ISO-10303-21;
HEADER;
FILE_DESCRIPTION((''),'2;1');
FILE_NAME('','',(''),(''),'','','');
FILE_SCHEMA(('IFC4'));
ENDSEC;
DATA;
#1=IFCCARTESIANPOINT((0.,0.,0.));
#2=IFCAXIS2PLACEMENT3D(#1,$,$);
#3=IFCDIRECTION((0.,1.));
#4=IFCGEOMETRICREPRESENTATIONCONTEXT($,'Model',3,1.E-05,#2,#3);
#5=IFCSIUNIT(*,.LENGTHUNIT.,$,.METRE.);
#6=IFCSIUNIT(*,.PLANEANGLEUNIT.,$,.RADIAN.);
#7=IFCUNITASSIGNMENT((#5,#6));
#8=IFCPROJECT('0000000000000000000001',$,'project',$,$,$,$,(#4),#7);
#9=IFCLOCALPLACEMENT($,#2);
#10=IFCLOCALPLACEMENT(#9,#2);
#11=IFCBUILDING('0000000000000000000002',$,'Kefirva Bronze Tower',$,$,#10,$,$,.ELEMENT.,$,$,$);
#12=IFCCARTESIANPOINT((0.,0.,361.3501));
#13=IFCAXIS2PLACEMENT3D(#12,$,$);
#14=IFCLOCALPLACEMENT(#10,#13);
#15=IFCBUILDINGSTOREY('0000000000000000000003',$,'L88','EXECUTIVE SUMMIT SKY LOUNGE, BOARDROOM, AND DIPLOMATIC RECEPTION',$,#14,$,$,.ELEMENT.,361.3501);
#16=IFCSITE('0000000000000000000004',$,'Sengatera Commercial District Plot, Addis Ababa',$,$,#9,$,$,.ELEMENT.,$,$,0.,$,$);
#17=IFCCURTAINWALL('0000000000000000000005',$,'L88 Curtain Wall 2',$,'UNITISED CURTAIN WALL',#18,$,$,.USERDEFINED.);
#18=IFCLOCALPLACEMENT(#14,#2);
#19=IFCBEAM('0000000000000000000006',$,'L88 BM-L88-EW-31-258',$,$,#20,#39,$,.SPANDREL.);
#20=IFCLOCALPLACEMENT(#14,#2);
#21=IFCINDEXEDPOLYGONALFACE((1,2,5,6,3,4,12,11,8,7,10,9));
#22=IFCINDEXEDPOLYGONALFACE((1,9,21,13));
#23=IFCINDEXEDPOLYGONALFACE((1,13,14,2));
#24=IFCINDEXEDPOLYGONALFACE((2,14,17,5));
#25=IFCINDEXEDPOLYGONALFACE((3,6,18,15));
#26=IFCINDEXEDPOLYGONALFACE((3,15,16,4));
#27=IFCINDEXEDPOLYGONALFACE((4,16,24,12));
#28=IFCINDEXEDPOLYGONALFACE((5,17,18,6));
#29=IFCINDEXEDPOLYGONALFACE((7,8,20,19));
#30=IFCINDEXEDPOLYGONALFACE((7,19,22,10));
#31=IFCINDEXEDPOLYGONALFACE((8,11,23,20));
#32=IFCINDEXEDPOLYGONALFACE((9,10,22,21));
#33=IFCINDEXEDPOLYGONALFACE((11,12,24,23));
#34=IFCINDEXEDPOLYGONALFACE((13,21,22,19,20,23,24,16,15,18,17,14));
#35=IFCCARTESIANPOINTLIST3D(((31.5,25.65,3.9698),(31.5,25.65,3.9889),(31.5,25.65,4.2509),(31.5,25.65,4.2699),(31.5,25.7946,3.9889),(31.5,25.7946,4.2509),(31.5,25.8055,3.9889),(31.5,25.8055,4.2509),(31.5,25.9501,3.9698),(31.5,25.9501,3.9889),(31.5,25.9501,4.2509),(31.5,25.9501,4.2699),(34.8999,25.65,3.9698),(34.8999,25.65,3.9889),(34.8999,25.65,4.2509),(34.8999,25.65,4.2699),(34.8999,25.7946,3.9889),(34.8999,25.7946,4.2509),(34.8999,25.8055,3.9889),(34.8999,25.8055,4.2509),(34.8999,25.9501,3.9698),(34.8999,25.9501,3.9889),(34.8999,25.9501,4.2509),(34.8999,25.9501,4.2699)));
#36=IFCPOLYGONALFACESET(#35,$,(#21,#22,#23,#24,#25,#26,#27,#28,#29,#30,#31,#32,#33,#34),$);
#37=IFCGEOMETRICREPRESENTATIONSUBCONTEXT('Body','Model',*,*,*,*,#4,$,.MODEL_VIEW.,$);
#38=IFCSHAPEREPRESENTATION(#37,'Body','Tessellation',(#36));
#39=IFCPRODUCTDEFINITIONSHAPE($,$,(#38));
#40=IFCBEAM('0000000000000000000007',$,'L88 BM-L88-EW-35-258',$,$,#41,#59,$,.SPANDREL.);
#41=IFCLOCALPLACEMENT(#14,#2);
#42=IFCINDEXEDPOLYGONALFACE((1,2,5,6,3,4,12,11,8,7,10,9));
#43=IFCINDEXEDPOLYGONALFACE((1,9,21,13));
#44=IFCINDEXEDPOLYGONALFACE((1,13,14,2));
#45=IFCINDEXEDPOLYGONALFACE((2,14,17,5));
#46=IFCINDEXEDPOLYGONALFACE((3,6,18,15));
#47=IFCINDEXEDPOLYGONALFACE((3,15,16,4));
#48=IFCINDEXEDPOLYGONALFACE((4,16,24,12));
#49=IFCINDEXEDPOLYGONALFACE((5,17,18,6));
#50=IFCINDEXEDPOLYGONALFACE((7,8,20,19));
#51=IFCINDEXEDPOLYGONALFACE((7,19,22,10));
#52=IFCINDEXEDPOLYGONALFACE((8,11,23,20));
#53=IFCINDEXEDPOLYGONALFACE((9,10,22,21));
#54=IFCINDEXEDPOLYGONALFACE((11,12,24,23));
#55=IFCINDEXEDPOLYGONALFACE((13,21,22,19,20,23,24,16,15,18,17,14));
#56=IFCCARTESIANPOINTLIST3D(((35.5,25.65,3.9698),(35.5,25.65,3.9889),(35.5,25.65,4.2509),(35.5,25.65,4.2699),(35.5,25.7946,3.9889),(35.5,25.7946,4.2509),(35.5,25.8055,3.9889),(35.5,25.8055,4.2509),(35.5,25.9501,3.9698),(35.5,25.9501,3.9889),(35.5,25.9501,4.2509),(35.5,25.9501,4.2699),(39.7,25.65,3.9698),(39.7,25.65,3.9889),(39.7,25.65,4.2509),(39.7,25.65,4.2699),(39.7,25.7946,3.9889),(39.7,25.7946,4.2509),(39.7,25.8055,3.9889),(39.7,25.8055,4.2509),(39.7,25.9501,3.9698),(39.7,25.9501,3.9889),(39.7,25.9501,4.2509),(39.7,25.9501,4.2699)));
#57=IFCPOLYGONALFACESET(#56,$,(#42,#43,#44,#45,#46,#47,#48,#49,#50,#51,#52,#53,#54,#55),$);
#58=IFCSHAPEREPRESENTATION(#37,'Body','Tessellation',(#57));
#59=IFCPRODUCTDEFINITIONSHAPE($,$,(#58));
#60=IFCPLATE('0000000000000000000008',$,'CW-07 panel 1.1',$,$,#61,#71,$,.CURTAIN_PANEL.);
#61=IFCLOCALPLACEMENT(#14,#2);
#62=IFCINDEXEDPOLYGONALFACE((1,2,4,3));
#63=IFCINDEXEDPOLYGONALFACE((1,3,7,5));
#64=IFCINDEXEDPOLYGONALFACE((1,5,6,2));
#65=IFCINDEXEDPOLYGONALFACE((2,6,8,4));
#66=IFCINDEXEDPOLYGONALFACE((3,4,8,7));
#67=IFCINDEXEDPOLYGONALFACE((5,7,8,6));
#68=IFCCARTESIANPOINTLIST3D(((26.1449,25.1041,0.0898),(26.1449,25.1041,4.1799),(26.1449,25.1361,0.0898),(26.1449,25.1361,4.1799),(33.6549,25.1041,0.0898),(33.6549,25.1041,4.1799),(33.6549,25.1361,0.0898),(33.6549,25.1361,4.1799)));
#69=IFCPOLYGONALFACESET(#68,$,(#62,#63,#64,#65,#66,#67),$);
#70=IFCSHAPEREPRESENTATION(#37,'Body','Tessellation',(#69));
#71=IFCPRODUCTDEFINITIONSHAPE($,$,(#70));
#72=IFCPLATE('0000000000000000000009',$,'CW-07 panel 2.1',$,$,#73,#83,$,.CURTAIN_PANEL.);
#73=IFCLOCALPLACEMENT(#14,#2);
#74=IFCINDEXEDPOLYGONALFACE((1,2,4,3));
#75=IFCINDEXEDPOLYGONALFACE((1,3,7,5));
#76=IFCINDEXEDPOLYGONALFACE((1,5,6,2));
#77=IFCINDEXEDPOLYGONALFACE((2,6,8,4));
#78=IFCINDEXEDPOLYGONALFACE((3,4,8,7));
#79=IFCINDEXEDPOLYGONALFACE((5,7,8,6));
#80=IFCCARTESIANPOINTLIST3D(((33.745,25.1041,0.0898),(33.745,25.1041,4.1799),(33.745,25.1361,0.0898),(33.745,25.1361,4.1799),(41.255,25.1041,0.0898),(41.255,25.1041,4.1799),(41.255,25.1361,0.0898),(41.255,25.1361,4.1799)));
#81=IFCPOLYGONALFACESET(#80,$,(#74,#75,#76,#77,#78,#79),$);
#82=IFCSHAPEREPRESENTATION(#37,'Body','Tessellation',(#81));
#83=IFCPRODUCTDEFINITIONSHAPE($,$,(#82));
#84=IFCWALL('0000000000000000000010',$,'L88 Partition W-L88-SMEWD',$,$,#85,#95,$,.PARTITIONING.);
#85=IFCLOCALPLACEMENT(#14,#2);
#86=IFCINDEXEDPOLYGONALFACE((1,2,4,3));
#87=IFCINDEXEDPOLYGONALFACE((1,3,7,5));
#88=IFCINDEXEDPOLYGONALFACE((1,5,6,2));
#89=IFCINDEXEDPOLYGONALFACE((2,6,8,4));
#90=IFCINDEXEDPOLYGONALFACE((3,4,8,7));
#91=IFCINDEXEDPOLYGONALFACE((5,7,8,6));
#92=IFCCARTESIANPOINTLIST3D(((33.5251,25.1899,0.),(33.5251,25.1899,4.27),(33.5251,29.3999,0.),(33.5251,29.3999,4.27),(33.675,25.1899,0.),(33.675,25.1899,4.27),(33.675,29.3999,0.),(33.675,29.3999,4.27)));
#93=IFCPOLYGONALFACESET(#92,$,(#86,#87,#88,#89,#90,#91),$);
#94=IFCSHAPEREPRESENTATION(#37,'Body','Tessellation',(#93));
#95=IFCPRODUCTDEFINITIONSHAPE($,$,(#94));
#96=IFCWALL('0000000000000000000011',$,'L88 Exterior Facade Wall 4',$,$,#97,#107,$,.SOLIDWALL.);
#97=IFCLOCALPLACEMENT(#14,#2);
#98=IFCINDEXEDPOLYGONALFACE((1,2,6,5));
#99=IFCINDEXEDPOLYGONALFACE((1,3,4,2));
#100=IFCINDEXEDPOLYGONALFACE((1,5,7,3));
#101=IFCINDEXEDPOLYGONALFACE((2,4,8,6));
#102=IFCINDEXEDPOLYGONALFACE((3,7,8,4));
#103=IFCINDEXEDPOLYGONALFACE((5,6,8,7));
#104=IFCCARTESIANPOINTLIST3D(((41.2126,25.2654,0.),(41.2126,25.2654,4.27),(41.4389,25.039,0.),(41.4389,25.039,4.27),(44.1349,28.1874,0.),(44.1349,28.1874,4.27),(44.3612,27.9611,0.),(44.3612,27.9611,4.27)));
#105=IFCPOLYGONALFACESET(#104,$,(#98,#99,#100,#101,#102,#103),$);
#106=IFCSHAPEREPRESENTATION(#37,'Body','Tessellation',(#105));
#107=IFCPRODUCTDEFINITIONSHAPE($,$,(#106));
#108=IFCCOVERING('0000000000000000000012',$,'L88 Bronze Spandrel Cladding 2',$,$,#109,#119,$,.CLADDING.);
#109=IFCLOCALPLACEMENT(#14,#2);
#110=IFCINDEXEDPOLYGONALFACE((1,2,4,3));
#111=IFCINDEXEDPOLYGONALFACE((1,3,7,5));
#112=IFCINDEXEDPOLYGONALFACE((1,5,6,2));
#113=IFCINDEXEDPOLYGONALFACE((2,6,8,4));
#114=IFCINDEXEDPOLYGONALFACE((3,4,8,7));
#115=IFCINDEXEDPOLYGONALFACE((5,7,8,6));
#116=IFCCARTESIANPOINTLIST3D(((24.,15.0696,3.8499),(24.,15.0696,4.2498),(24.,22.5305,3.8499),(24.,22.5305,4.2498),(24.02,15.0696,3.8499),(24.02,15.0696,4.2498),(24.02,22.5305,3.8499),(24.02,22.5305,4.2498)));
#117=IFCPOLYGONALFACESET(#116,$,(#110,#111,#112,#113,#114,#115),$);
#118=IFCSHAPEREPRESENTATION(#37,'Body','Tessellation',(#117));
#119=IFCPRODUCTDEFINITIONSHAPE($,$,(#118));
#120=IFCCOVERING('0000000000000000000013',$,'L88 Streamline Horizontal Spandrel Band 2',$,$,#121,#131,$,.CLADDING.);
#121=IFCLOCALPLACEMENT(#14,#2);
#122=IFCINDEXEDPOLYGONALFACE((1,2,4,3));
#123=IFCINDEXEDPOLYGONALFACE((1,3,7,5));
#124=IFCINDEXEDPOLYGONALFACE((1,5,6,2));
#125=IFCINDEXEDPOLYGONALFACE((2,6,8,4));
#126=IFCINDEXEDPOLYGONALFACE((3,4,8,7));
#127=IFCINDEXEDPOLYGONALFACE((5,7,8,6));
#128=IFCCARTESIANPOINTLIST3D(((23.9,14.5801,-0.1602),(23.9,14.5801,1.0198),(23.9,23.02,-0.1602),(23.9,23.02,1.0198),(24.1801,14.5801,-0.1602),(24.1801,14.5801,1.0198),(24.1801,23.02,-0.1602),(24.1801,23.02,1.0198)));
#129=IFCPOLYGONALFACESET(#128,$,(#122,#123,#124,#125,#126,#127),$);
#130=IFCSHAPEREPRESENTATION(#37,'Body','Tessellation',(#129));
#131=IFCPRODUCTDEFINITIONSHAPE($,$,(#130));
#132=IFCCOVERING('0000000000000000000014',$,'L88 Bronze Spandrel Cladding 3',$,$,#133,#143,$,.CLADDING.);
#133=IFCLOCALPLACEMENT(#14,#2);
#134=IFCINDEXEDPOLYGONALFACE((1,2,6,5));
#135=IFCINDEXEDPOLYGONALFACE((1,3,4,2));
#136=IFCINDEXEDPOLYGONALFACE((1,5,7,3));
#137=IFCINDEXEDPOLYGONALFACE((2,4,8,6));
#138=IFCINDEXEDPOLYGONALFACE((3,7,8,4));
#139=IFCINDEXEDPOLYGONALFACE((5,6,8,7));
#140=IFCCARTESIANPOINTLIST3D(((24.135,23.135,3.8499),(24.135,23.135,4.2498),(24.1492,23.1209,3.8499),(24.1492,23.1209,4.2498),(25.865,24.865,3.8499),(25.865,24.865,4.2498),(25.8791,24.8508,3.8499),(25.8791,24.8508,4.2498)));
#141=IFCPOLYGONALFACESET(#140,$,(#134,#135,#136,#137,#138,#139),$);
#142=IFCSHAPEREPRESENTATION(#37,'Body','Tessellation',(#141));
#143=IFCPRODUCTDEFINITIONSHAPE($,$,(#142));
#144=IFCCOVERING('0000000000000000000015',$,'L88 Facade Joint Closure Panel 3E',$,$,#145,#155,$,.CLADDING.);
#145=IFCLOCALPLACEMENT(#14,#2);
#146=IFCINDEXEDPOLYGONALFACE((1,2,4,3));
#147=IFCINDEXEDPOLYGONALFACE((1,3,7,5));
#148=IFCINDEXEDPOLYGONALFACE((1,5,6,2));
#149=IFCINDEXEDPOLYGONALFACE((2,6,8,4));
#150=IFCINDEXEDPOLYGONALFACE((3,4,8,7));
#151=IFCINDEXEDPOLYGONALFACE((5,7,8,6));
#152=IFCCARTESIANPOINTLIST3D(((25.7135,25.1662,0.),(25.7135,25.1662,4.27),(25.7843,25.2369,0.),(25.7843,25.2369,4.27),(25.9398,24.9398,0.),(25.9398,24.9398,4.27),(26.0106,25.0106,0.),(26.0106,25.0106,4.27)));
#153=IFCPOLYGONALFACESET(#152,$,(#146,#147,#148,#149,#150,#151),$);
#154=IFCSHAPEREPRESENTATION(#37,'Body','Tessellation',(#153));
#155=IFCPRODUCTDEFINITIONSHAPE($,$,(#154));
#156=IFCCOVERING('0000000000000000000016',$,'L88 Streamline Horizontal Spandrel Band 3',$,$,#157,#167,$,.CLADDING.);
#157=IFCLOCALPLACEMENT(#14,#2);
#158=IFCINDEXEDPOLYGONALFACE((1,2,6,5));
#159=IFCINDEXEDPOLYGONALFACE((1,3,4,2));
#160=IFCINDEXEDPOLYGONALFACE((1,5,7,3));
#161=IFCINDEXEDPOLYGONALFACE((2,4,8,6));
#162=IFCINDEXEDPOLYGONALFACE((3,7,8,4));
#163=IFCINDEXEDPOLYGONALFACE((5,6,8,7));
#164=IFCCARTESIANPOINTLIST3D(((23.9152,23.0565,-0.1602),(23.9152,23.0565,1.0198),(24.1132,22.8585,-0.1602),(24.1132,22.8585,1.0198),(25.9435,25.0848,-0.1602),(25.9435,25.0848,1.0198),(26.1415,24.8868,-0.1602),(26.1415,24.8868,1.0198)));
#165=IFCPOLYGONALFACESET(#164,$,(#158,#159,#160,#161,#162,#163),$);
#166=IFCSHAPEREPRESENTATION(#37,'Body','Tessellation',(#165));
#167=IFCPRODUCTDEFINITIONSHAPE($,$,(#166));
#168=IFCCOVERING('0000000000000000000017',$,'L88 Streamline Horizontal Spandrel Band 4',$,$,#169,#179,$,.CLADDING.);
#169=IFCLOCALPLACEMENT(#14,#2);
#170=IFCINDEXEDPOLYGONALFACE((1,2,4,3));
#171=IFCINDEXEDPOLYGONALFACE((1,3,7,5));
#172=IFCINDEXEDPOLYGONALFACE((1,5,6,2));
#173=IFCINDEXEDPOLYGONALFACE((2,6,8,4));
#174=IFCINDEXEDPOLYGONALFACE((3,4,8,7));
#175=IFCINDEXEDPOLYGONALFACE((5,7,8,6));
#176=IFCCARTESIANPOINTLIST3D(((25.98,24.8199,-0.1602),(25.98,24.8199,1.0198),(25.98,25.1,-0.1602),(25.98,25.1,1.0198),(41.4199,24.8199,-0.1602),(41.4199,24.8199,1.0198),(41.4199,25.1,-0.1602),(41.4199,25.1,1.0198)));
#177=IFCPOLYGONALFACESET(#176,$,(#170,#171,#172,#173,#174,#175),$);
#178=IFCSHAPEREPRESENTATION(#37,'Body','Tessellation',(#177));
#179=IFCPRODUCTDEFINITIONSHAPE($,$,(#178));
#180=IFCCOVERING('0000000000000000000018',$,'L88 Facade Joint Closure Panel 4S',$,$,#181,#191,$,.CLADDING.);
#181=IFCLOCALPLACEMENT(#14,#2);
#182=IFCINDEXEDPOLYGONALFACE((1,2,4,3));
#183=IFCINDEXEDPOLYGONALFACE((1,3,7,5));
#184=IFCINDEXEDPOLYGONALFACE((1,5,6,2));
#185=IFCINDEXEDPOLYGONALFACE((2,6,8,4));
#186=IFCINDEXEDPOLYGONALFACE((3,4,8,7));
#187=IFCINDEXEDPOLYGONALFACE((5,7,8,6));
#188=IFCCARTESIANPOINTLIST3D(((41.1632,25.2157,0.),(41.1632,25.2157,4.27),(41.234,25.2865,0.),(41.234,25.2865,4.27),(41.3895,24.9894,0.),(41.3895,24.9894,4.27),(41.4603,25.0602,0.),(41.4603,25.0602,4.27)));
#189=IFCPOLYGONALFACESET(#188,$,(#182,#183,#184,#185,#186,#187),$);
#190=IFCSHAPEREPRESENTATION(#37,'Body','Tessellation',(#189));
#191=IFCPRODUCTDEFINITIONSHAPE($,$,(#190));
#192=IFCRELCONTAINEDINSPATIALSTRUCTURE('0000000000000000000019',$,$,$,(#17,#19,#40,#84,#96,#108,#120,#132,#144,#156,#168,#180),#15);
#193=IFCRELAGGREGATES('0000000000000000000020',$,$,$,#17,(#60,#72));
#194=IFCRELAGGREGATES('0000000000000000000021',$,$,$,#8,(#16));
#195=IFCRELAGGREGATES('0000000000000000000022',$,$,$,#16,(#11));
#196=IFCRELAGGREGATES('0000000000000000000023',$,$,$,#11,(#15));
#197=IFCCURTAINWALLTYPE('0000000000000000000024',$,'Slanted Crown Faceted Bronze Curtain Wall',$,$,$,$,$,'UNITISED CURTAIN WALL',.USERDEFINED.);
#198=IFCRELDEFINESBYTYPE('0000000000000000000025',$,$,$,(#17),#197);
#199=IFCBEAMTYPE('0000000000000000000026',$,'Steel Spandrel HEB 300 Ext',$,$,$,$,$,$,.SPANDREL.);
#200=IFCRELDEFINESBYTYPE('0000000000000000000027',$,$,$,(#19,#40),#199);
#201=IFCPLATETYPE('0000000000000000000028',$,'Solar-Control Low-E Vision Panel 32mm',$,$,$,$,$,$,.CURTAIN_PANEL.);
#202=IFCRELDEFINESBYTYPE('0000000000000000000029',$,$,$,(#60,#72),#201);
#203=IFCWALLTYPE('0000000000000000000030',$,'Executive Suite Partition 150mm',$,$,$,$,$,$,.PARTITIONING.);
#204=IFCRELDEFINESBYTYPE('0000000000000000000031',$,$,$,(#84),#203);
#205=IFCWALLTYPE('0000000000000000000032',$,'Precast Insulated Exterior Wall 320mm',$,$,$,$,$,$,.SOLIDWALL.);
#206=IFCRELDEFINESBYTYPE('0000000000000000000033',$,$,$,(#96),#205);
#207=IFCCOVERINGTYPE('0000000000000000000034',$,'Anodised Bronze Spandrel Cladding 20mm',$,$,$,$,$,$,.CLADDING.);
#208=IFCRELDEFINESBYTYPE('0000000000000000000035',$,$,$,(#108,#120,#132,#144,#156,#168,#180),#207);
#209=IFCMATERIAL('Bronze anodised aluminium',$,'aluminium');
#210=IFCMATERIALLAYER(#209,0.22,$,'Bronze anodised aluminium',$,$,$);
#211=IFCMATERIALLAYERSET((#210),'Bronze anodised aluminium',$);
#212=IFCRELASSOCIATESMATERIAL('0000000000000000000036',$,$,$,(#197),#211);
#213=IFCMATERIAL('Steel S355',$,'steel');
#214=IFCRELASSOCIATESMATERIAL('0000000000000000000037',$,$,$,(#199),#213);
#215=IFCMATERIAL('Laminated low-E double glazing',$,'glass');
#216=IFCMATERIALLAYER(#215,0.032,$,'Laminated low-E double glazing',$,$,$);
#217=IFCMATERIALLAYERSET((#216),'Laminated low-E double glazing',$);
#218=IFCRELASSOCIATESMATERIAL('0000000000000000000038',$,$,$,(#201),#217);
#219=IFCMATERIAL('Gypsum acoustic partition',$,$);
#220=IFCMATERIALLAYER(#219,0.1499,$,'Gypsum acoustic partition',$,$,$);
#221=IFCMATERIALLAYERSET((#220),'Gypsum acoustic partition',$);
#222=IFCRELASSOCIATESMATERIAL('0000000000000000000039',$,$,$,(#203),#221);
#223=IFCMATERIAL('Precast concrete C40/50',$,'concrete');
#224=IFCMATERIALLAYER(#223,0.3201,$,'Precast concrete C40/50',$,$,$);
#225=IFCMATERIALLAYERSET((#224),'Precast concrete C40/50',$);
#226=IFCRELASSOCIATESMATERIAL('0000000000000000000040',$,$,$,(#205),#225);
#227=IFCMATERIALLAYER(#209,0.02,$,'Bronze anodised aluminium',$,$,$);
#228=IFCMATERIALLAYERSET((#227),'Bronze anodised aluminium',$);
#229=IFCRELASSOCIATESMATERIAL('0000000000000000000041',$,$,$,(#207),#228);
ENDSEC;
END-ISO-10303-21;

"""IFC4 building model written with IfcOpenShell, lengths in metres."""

from ifc_helpers import new_model, si_unit, direction, frame, frame_2d, origin, origin_2d, place, context, subcontext, project, spatial, rectangle, i_section, extrude, material, layer, layer_set, material_profile, profile_set, type_object, element, aggregate, save


model = new_model("IFC4")

# Units and contexts
model_context = context("Model", 3, precision=1e-05, world=origin(), true_north=direction((0.0, 1.0)))
body_context = subcontext(model_context, "Body", "Model", "MODEL_VIEW")
ifc_project = project(units=[si_unit("LENGTHUNIT", "METRE"), si_unit("PLANEANGLEUNIT", "RADIAN")], contexts=[model_context])

# Site, building, storey
site_placement = place(None, origin())
site = spatial("IfcSite", under=ifc_project, at=site_placement, Name="Sengatera Commercial District Plot, Addis Ababa", CompositionType="ELEMENT", RefElevation=0.0)
building_placement = place(site_placement, origin())
building = spatial("IfcBuilding", under=site, at=building_placement, Name="Kefirva Bronze Tower", CompositionType="ELEMENT")
storey_placement = place(building_placement, frame((0.0, 0.0, 361.3501)))
storey = spatial("IfcBuildingStorey", under=building, at=storey_placement, Name="L88", Description="EXECUTIVE SUMMIT SKY LOUNGE, BOARDROOM, AND DIPLOMATIC RECEPTION", CompositionType="ELEMENT", Elevation=361.3501)

# Curtain wall
ifc_material_1 = material(Name="Bronze anodised aluminium", Category="aluminium")
ifc_layer_1 = layer(ifc_material_1, 0.22, Name="Bronze anodised aluminium")
ifc_layer_set_1 = layer_set([ifc_layer_1], Name="Bronze anodised aluminium")
curtain_wall_type = type_object("IfcCurtainWallType", Name="Slanted Crown Faceted Bronze Curtain Wall", ElementType="UNITISED CURTAIN WALL", PredefinedType="USERDEFINED", material=ifc_layer_set_1)
curtain_wall_placement = place(storey_placement, origin())
curtain_wall = element("IfcCurtainWall", 1, at=curtain_wall_placement, inside=storey, type_object=curtain_wall_type, Name="L88 Curtain Wall 2", ObjectType="UNITISED CURTAIN WALL", PredefinedType="USERDEFINED")

# Beams
ifc_material_2 = material(Name="Steel S355", Category="steel")
ifc_material_profile_1 = material_profile(ifc_material_2, i_section(OverallWidth=0.3, OverallDepth=0.3, WebThickness=0.011, FlangeThickness=0.019, at=origin_2d()), Name="HEB 300")
ifc_profile_set_1 = profile_set([ifc_material_profile_1], Name="Steel S355")
beam_type_1 = type_object("IfcBeamType", Name="Steel Spandrel HEB 300 Ext", PredefinedType="SPANDREL", material=ifc_profile_set_1)
beam_1_placement = place(storey_placement, frame((31.5, 25.8, 4.1199), z_axis=(1.0, 0.0, 0.0), x_axis=(0.0, 1.0, 0.0)))
element("IfcBeam", 2, at=beam_1_placement, inside=storey, type_object=beam_type_1, Name="L88 BM-L88-EW-31-258", PredefinedType="SPANDREL", context=body_context, shape_type="SweptSolid", body=[
    extrude(i_section(OverallWidth=0.3, OverallDepth=0.3, WebThickness=0.011, FlangeThickness=0.019, at=origin_2d()), origin(), (0.0, 0.0, 1.0), 3.3999),
])
beam_2_placement = place(storey_placement, frame((35.5, 25.8, 4.1199), z_axis=(1.0, 0.0, 0.0), x_axis=(0.0, 1.0, 0.0)))
element("IfcBeam", 3, at=beam_2_placement, inside=storey, type_object=beam_type_1, Name="L88 BM-L88-EW-35-258", PredefinedType="SPANDREL", context=body_context, shape_type="SweptSolid", body=[
    extrude(i_section(OverallWidth=0.3, OverallDepth=0.3, WebThickness=0.011, FlangeThickness=0.019, at=origin_2d()), origin(), (0.0, 0.0, 1.0), 4.2),
])

# Plates
ifc_material_3 = material(Name="Laminated low-E double glazing", Category="glass")
ifc_layer_2 = layer(ifc_material_3, 0.032, Name="Laminated low-E double glazing")
ifc_layer_set_2 = layer_set([ifc_layer_2], Name="Laminated low-E double glazing")
plate_type = type_object("IfcPlateType", Name="Solar-Control Low-E Vision Panel 32mm", PredefinedType="CURTAIN_PANEL", material=ifc_layer_set_2)
plate_1_placement = place(storey_placement, frame((29.8999, 25.1201, 0.0898), z_axis=(0.0, 0.0, 1.0), x_axis=(1.0, 0.0, 0.0)))
plate_1 = element("IfcPlate", 4, at=plate_1_placement, type_object=plate_type, Name="CW-07 panel 1.1", PredefinedType="CURTAIN_PANEL", context=body_context, shape_type="SweptSolid", body=[
    extrude(rectangle(XDim=7.51, YDim=0.032, at=origin_2d()), origin(), (0.0, 0.0, 1.0), 4.0901),
])
plate_2_placement = place(storey_placement, frame((37.5, 25.1201, 0.0898), z_axis=(0.0, 0.0, 1.0), x_axis=(1.0, 0.0, 0.0)))
plate_2 = element("IfcPlate", 5, at=plate_2_placement, type_object=plate_type, Name="CW-07 panel 2.1", PredefinedType="CURTAIN_PANEL", context=body_context, shape_type="SweptSolid", body=[
    extrude(rectangle(XDim=7.51, YDim=0.032, at=origin_2d()), origin(), (0.0, 0.0, 1.0), 4.0901),
])
aggregate(curtain_wall, [plate_1, plate_2])

# Walls
ifc_material_4 = material(Name="Gypsum acoustic partition")
ifc_layer_3 = layer(ifc_material_4, 0.1499, Name="Gypsum acoustic partition")
ifc_layer_set_3 = layer_set([ifc_layer_3], Name="Gypsum acoustic partition")
wall_type_1 = type_object("IfcWallType", Name="Executive Suite Partition 150mm", PredefinedType="PARTITIONING", material=ifc_layer_set_3)
wall_1_placement = place(storey_placement, frame((33.6001, 25.1899, 0.0), z_axis=(0.0, 0.0, 1.0), x_axis=(0.0, 1.0, 0.0)))
element("IfcWall", 6, at=wall_1_placement, inside=storey, type_object=wall_type_1, Name="L88 Partition W-L88-SMEWD", PredefinedType="PARTITIONING", context=body_context, shape_type="SweptSolid", body=[
    extrude(rectangle(XDim=4.21, YDim=0.1499, at=frame_2d((2.105, 0.0))), origin(), (0.0, 0.0, 1.0), 4.27),
])
ifc_material_5 = material(Name="Precast concrete C40/50", Category="concrete")
ifc_layer_4 = layer(ifc_material_5, 0.3201, Name="Precast concrete C40/50")
ifc_layer_set_4 = layer_set([ifc_layer_4], Name="Precast concrete C40/50")
wall_type_2 = type_object("IfcWallType", Name="Precast Insulated Exterior Wall 320mm", PredefinedType="SOLIDWALL", material=ifc_layer_set_4)
wall_2_placement = place(storey_placement, frame((41.3257, 25.1521, 0.0), z_axis=(0.0, 0.0, 1.0), x_axis=(0.707136, 0.707077, 0.0)))
element("IfcWall", 7, at=wall_2_placement, inside=storey, type_object=wall_type_2, Name="L88 Exterior Facade Wall 4", PredefinedType="SOLIDWALL", context=body_context, shape_type="SweptSolid", body=[
    extrude(rectangle(XDim=4.1326, YDim=0.3201, at=frame_2d((2.0664, 0.0))), origin(), (0.0, 0.0, 1.0), 4.27),
])

# Coverings
ifc_layer_5 = layer(ifc_material_1, 0.02, Name="Bronze anodised aluminium")
ifc_layer_set_5 = layer_set([ifc_layer_5], Name="Bronze anodised aluminium")
covering_type_1 = type_object("IfcCoveringType", Name="Anodised Bronze Spandrel Cladding 20mm", PredefinedType="CLADDING", material=ifc_layer_set_5)
covering_1_placement = place(storey_placement, frame((24.01, 18.8, 3.8499), z_axis=(0.0, 0.0, 1.0), x_axis=(0.0, 1.0, 0.0)))
element("IfcCovering", 8, at=covering_1_placement, inside=storey, type_object=covering_type_1, Name="L88 Bronze Spandrel Cladding 2", PredefinedType="CLADDING", context=body_context, shape_type="SweptSolid", body=[
    extrude(rectangle(XDim=7.4609, YDim=0.02, at=origin_2d()), origin(), (0.0, 0.0, 1.0), 0.3999),
])
covering_2_placement = place(storey_placement, frame((24.04, 18.8, -0.1602), z_axis=(0.0, 0.0, 1.0), x_axis=(0.0, 1.0, 0.0)))
element("IfcCovering", 9, at=covering_2_placement, inside=storey, type_object=covering_type_1, Name="L88 Streamline Horizontal Spandrel Band 2", PredefinedType="CLADDING", context=body_context, shape_type="SweptSolid", body=[
    extrude(rectangle(XDim=8.4399, YDim=0.28, at=origin_2d()), origin(), (0.0, 0.0, 1.0), 1.1799),
])
covering_3_placement = place(storey_placement, frame((25.0071, 23.9929, 3.8499), z_axis=(0.0, 0.0, 1.0), x_axis=(0.707107, 0.707107, 0.0)))
element("IfcCovering", 10, at=covering_3_placement, inside=storey, type_object=covering_type_1, Name="L88 Bronze Spandrel Cladding 3", PredefinedType="CLADDING", context=body_context, shape_type="SweptSolid", body=[
    extrude(rectangle(XDim=2.4465, YDim=0.02, at=origin_2d()), origin(), (0.0, 0.0, 1.0), 0.3999),
])
covering_4_placement = place(storey_placement, frame((25.8621, 25.0884, 0.0), z_axis=(0.0, 0.0, 1.0), x_axis=(0.707107, 0.707107, 0.0)))
element("IfcCovering", 11, at=covering_4_placement, inside=storey, type_object=covering_type_1, Name="L88 Facade Joint Closure Panel 3E", PredefinedType="CLADDING", context=body_context, shape_type="SweptSolid", body=[
    extrude(rectangle(XDim=0.1001, YDim=0.3201, at=origin_2d()), origin(), (0.0, 0.0, 1.0), 4.27),
])
covering_5_placement = place(storey_placement, frame((25.0283, 23.9717, -0.1602), z_axis=(0.0, 0.0, 1.0), x_axis=(0.707107, 0.707107, 0.0)))
element("IfcCovering", 12, at=covering_5_placement, inside=storey, type_object=covering_type_1, Name="L88 Streamline Horizontal Spandrel Band 3", PredefinedType="CLADDING", context=body_context, shape_type="SweptSolid", body=[
    extrude(rectangle(XDim=2.8684, YDim=0.28, at=origin_2d()), origin(), (0.0, 0.0, 1.0), 1.1799),
])
covering_6_placement = place(storey_placement, frame((33.7, 24.96, -0.1602), z_axis=(0.0, 0.0, 1.0), x_axis=(1.0, 0.0, 0.0)))
element("IfcCovering", 13, at=covering_6_placement, inside=storey, type_object=covering_type_1, Name="L88 Streamline Horizontal Spandrel Band 4", PredefinedType="CLADDING", context=body_context, shape_type="SweptSolid", body=[
    extrude(rectangle(XDim=15.4399, YDim=0.28, at=origin_2d()), origin(), (0.0, 0.0, 1.0), 1.1799),
])
covering_7_placement = place(storey_placement, frame((41.3118, 25.1379, 0.0), z_axis=(0.0, 0.0, 1.0), x_axis=(0.707107, 0.707107, 0.0)))
element("IfcCovering", 14, at=covering_7_placement, inside=storey, type_object=covering_type_1, Name="L88 Facade Joint Closure Panel 4S", PredefinedType="CLADDING", context=body_context, shape_type="SweptSolid", body=[
    extrude(rectangle(XDim=0.1001, YDim=0.3201, at=origin_2d()), origin(), (0.0, 0.0, 1.0), 4.27),
])

save(model, "model.ifc")
